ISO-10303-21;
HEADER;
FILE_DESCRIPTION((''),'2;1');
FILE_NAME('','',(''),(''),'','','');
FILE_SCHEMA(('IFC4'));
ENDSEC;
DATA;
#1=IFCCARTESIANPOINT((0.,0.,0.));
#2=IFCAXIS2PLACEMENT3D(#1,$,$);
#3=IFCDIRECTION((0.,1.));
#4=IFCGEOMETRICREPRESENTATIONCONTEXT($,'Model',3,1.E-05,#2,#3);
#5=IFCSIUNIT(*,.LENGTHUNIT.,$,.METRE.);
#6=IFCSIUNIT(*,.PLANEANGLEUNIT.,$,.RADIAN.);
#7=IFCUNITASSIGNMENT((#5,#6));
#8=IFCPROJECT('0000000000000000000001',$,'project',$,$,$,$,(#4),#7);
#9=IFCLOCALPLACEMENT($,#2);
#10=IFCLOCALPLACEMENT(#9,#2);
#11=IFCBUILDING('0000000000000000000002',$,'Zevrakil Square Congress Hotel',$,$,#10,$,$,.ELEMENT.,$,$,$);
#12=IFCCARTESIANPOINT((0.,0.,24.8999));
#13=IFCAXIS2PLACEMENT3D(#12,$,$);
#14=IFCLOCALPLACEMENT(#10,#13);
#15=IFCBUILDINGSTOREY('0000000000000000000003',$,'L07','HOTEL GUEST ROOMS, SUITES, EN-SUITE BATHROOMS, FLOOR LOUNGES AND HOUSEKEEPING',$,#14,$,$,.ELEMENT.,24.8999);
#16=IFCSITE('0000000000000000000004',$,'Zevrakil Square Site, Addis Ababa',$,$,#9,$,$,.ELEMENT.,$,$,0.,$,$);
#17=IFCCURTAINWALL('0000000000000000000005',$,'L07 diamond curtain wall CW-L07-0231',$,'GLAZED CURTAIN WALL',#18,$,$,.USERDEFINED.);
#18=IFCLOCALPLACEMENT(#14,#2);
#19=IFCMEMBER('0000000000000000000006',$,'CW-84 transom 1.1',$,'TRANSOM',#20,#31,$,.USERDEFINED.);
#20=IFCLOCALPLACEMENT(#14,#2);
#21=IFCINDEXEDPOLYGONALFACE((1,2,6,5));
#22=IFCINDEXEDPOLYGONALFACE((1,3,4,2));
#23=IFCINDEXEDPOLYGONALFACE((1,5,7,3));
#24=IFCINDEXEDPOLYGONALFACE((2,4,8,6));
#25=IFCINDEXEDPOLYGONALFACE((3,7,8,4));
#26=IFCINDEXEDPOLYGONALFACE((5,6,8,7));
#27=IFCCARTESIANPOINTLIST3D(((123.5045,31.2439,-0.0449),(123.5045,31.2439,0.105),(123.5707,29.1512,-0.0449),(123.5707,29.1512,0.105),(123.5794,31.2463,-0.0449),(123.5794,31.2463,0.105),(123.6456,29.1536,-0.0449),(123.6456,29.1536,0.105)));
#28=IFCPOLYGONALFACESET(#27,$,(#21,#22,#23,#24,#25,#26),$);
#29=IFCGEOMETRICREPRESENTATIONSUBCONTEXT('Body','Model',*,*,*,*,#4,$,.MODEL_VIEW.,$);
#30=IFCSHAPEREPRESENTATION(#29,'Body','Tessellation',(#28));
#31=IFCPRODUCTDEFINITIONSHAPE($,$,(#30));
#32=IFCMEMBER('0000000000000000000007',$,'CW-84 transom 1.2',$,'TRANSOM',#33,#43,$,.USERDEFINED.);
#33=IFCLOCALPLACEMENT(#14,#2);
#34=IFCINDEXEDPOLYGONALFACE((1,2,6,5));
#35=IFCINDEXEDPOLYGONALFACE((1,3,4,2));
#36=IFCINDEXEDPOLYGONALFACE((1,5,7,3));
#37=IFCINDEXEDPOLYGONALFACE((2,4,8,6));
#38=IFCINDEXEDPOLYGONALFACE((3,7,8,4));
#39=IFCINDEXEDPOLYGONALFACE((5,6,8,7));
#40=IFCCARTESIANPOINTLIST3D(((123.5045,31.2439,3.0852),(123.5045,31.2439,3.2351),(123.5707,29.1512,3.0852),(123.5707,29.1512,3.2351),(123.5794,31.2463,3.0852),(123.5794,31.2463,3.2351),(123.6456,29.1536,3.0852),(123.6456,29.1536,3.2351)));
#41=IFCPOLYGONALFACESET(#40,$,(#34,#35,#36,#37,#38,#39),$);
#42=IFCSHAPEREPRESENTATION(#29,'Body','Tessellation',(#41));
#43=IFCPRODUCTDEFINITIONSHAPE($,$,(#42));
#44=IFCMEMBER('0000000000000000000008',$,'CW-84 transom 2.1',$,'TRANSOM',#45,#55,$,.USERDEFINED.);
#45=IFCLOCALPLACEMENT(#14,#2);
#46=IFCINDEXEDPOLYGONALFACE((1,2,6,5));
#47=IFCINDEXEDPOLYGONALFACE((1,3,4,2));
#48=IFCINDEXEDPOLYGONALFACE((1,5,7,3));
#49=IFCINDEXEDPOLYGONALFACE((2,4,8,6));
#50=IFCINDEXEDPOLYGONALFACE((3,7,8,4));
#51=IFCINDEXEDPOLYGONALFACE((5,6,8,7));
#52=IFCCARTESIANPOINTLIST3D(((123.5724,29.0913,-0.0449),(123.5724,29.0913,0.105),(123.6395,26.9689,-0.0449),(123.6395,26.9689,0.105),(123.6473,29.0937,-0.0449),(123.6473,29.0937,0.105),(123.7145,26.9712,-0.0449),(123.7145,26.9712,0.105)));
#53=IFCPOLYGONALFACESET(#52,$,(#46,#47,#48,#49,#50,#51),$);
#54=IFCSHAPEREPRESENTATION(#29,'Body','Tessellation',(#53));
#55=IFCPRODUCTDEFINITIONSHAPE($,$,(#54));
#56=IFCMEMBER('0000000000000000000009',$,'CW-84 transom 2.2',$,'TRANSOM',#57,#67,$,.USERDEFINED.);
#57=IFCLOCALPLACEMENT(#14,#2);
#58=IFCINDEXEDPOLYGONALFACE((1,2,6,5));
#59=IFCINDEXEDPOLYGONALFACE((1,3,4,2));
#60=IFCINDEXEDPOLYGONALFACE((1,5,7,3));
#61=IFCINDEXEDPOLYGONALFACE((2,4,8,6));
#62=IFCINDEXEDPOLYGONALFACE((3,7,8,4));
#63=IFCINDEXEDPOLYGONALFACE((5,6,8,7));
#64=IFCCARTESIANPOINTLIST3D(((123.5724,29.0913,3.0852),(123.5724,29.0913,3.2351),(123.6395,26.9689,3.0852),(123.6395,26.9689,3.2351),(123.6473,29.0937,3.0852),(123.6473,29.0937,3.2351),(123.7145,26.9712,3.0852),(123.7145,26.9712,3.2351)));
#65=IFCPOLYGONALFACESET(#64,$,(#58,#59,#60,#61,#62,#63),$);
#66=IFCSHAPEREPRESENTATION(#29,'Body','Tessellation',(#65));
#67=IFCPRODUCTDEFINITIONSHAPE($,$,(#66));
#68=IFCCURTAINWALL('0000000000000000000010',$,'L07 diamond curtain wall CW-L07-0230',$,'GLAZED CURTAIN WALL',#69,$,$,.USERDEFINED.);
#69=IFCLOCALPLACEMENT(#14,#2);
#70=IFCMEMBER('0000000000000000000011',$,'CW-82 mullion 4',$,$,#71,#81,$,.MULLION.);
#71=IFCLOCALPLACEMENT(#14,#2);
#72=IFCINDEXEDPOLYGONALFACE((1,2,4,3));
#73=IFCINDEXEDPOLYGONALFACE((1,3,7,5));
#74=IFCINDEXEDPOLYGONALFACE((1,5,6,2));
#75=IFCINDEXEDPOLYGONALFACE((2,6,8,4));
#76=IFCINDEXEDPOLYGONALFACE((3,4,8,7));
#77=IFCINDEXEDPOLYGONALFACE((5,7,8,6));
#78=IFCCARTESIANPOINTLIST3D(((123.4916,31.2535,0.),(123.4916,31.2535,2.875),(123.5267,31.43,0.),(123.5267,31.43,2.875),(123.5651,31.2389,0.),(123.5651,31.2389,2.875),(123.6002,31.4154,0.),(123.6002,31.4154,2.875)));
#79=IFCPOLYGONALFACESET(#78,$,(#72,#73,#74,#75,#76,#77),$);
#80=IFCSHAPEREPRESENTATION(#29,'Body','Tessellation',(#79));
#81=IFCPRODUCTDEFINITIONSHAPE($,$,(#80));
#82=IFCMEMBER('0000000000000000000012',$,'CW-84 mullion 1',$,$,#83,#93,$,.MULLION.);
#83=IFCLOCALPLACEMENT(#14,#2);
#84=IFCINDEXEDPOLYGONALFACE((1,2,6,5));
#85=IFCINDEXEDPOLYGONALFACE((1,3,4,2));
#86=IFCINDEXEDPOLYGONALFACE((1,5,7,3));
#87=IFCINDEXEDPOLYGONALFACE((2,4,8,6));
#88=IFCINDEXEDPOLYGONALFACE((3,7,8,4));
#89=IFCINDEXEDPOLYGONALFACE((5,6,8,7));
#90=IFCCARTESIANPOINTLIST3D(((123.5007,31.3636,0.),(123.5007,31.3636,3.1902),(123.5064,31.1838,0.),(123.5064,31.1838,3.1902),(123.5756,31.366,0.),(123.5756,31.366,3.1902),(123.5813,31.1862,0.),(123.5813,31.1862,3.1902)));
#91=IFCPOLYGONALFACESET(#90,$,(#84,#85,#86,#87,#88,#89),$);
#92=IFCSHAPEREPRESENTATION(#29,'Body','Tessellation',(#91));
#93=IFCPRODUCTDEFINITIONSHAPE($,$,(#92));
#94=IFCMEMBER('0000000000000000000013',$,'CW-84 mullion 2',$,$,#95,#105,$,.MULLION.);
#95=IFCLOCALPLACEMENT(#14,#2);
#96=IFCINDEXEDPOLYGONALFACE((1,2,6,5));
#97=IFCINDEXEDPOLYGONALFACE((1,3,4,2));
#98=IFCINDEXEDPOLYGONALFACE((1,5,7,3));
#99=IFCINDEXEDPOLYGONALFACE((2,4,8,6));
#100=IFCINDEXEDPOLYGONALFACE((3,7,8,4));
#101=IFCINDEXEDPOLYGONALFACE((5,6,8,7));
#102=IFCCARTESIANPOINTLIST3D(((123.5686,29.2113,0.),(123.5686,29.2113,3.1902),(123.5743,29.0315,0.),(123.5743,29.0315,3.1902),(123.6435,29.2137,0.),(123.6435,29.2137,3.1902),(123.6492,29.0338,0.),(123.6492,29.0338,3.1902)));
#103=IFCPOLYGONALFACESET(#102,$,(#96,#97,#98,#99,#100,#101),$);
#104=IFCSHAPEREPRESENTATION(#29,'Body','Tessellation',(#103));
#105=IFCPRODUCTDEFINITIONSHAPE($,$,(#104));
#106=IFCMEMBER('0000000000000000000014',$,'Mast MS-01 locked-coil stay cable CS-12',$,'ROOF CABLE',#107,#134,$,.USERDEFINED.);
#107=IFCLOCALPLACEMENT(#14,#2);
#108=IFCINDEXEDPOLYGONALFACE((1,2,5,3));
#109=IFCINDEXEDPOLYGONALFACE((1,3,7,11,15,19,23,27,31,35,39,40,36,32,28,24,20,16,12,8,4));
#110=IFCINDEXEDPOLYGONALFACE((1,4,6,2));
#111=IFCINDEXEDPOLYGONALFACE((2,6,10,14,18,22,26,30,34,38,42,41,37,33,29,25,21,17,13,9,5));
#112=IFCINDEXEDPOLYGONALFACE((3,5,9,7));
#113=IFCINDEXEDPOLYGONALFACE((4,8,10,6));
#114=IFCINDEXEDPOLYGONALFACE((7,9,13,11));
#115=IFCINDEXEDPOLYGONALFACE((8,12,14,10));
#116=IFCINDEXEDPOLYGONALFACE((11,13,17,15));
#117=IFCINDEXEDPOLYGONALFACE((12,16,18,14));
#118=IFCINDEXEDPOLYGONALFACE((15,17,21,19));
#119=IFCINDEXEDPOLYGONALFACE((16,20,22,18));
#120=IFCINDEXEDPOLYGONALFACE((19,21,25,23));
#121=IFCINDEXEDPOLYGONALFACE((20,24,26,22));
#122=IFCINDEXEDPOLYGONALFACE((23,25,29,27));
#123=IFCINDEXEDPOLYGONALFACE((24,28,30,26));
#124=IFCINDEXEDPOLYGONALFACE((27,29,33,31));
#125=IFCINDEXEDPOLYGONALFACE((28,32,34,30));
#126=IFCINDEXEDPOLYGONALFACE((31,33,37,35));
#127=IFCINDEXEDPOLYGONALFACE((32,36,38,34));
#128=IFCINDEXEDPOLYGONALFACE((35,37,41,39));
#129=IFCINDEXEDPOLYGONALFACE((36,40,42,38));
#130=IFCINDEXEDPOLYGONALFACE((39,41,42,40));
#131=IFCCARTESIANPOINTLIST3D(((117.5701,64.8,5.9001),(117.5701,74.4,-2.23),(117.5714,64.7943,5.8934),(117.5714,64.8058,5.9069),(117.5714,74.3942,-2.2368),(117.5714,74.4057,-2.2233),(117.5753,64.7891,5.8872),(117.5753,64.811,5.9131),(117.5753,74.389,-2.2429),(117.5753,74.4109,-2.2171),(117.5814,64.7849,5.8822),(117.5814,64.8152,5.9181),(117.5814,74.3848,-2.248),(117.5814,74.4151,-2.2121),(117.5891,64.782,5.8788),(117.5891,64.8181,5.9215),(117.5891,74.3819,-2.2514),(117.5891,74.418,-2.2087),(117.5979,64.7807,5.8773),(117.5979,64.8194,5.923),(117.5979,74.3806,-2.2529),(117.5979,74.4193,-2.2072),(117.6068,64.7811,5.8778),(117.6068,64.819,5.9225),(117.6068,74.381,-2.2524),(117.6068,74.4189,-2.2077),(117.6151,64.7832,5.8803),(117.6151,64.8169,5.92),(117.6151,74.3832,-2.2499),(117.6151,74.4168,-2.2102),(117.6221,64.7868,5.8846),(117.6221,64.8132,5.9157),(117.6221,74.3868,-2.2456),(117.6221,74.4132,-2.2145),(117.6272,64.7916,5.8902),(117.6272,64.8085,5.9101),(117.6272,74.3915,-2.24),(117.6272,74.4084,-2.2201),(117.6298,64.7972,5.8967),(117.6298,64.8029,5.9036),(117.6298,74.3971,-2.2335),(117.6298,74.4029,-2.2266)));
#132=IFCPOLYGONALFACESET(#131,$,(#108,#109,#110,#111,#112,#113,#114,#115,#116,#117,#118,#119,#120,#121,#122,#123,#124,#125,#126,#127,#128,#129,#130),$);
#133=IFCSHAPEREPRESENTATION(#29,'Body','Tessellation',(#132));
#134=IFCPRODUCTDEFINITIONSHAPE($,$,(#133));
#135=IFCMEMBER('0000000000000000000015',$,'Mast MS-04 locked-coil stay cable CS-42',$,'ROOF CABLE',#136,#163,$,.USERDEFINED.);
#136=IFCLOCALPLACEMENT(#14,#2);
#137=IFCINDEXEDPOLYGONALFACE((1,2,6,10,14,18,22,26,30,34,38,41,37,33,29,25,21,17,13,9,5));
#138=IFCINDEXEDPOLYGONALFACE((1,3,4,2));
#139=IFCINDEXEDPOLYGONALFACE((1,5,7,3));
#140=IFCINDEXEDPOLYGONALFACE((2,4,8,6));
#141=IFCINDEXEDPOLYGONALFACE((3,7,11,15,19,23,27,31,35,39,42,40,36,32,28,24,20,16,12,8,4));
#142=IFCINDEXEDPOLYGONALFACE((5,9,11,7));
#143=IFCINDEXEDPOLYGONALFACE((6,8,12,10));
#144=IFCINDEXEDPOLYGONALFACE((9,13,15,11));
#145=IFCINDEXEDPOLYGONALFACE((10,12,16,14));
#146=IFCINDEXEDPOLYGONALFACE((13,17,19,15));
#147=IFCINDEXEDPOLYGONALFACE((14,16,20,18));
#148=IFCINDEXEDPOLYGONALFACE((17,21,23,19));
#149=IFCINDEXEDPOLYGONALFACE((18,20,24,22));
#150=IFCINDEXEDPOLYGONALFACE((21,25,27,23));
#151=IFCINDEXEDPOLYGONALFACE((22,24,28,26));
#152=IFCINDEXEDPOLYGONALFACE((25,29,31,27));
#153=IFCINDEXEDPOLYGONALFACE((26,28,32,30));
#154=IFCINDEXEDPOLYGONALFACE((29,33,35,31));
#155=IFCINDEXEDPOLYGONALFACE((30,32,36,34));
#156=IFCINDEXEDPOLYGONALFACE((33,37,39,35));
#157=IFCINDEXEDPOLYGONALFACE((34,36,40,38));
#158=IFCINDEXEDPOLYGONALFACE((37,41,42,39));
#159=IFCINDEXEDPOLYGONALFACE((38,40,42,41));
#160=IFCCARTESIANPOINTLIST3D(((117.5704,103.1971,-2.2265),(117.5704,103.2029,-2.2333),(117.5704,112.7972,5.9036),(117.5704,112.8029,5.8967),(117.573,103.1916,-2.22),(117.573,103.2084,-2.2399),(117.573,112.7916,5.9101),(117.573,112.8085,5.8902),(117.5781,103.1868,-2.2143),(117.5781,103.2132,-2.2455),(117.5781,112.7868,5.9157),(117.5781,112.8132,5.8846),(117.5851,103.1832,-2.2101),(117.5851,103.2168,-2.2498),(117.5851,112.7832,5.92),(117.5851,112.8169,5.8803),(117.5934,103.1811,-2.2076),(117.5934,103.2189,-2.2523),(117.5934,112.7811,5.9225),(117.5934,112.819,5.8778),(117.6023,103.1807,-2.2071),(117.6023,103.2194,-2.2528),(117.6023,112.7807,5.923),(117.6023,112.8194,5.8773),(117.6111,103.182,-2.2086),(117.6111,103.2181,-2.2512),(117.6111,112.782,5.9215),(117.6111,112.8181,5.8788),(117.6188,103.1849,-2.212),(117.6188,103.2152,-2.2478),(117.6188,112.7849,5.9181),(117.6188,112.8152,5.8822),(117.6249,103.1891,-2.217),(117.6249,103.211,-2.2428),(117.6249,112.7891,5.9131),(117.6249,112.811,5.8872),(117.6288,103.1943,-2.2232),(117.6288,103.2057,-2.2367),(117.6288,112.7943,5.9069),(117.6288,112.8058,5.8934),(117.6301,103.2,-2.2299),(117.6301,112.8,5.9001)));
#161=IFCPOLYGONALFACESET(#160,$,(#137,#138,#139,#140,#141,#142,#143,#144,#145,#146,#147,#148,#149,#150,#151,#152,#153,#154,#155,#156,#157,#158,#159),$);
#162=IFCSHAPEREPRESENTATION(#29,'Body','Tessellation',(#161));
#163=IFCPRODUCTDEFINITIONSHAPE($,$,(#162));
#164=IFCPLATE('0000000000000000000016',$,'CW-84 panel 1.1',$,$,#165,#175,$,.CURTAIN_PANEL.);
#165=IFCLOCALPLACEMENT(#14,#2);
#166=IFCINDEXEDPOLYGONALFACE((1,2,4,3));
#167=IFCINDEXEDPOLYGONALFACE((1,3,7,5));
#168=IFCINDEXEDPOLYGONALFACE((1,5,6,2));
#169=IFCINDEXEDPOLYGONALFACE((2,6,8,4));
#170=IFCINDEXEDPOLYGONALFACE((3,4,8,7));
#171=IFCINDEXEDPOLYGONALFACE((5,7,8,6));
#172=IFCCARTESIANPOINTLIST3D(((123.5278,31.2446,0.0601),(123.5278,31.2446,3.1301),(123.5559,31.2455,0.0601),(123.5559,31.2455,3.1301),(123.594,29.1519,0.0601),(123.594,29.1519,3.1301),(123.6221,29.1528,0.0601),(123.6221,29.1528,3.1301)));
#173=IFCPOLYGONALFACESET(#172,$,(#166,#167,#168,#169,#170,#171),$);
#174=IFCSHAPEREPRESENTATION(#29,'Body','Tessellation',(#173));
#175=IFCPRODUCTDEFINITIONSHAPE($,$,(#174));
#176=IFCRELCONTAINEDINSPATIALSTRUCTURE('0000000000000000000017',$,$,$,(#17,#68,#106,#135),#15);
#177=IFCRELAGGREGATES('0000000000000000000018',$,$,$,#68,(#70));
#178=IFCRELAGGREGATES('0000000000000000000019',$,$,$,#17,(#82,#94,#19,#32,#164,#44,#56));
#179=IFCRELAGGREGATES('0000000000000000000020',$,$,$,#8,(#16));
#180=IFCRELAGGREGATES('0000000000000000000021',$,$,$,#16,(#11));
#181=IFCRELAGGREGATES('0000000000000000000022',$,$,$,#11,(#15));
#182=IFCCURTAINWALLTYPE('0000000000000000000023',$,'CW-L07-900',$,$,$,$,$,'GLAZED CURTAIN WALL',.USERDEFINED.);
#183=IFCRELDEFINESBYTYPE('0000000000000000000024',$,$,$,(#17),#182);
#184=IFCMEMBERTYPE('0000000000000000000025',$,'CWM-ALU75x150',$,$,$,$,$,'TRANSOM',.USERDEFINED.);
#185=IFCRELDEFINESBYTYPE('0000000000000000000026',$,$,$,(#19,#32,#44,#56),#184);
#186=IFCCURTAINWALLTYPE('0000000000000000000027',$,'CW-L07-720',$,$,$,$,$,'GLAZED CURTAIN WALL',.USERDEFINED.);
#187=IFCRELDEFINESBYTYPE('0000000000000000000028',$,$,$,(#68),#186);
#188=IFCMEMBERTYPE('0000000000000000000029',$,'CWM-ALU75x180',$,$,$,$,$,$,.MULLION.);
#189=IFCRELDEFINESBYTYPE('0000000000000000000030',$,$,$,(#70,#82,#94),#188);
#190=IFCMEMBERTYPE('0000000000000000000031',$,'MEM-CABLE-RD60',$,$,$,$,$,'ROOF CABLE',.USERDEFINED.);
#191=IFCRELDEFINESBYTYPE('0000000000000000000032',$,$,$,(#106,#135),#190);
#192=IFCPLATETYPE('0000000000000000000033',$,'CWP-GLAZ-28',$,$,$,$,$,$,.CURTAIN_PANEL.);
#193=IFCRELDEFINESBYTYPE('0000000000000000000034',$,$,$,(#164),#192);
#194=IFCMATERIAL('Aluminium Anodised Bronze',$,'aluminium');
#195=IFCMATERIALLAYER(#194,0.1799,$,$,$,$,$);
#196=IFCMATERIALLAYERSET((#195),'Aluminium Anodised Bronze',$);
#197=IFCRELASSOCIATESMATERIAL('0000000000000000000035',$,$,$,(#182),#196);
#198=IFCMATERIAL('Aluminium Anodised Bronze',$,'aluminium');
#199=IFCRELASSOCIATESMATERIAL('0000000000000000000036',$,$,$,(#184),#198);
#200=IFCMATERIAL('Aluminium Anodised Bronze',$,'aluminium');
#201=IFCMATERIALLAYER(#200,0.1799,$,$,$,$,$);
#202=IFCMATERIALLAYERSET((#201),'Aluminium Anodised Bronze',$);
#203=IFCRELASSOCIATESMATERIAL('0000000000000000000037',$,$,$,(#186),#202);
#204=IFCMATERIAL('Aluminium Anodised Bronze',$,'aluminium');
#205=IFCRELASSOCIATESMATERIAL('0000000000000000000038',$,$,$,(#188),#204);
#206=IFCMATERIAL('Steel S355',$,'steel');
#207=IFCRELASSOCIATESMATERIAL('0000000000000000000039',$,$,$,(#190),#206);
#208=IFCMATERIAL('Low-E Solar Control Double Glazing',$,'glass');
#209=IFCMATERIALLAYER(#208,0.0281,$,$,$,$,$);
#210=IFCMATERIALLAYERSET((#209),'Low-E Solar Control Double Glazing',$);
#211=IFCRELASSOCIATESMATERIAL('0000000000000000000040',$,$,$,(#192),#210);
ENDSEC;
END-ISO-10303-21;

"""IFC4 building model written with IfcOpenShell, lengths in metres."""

from ifc_helpers import new_model, si_unit, direction, frame, origin, origin_2d, place, context, subcontext, project, spatial, rectangle, circle, extrude, material, layer, layer_set, material_profile, profile_set, type_object, element, aggregate, save


model = new_model("IFC4")

# Units and contexts
model_context = context("Model", 3, precision=1e-05, world=origin(), true_north=direction((0.0, 1.0)))
body_context = subcontext(model_context, "Body", "Model", "MODEL_VIEW")
ifc_project = project(units=[si_unit("LENGTHUNIT", "METRE"), si_unit("PLANEANGLEUNIT", "RADIAN")], contexts=[model_context])

# Site, building, storey
site_placement = place(None, origin())
site = spatial("IfcSite", under=ifc_project, at=site_placement, Name="Zevrakil Square Site, Addis Ababa", CompositionType="ELEMENT", RefElevation=0.0)
building_placement = place(site_placement, origin())
building = spatial("IfcBuilding", under=site, at=building_placement, Name="Zevrakil Square Congress Hotel", CompositionType="ELEMENT")
storey_placement = place(building_placement, frame((0.0, 0.0, 24.8999)))
storey = spatial("IfcBuildingStorey", under=building, at=storey_placement, Name="L07", Description="HOTEL GUEST ROOMS, SUITES, EN-SUITE BATHROOMS, FLOOR LOUNGES AND HOUSEKEEPING", CompositionType="ELEMENT", Elevation=24.8999)

# Curtain wall, members
ifc_material_1 = material(Name="Aluminium Anodised Bronze", Category="aluminium")
ifc_layer_1 = layer(ifc_material_1, 0.1799)
ifc_layer_set_1 = layer_set([ifc_layer_1], Name="Aluminium Anodised Bronze")
curtain_wall_type_1 = type_object("IfcCurtainWallType", Name="CW-L07-900", ElementType="GLAZED CURTAIN WALL", PredefinedType="USERDEFINED", material=ifc_layer_set_1)
curtain_wall_1_placement = place(storey_placement, origin())
curtain_wall_1 = element("IfcCurtainWall", 1, at=curtain_wall_1_placement, inside=storey, type_object=curtain_wall_type_1, Name="L07 diamond curtain wall CW-L07-0231", ObjectType="GLAZED CURTAIN WALL", PredefinedType="USERDEFINED")
ifc_material_2 = material(Name="Aluminium Anodised Bronze", Category="aluminium")
ifc_material_profile_1 = material_profile(ifc_material_2, rectangle(XDim=0.075, YDim=0.1499, at=origin_2d()), Name="ALU 75x150")
ifc_profile_set_1 = profile_set([ifc_material_profile_1], Name="Aluminium Anodised Bronze")
member_type_1 = type_object("IfcMemberType", Name="CWM-ALU75x150", ElementType="TRANSOM", PredefinedType="USERDEFINED", material=ifc_profile_set_1)
member_1_placement = place(storey_placement, frame((123.542, 31.2451, 0.03), z_axis=(0.031599, -0.999501, 0.0), x_axis=(0.999501, 0.031599, 0.0)))
member_1 = element("IfcMember", 2, at=member_1_placement, type_object=member_type_1, Name="CW-84 transom 1.1", ObjectType="TRANSOM", PredefinedType="USERDEFINED", context=body_context, shape_type="SweptSolid", body=[
    extrude(rectangle(XDim=0.075, YDim=0.1499, at=origin_2d()), origin(), (0.0, 0.0, 1.0), 2.0938),
])
member_2_placement = place(storey_placement, frame((123.542, 31.2451, 3.1602), z_axis=(0.031599, -0.999501, 0.0), x_axis=(0.999501, 0.031599, 0.0)))
member_2 = element("IfcMember", 3, at=member_2_placement, type_object=member_type_1, Name="CW-84 transom 1.2", ObjectType="TRANSOM", PredefinedType="USERDEFINED", context=body_context, shape_type="SweptSolid", body=[
    extrude(rectangle(XDim=0.075, YDim=0.1499, at=origin_2d()), origin(), (0.0, 0.0, 1.0), 2.0938),
])
member_3_placement = place(storey_placement, frame((123.6099, 29.0925, 0.03), z_axis=(0.031615, -0.9995, 0.0), x_axis=(0.9995, 0.031615, 0.0)))
member_3 = element("IfcMember", 4, at=member_3_placement, type_object=member_type_1, Name="CW-84 transom 2.1", ObjectType="TRANSOM", PredefinedType="USERDEFINED", context=body_context, shape_type="SweptSolid", body=[
    extrude(rectangle(XDim=0.075, YDim=0.1499, at=origin_2d()), origin(), (0.0, 0.0, 1.0), 2.1235),
])
member_4_placement = place(storey_placement, frame((123.6099, 29.0925, 3.1602), z_axis=(0.031615, -0.9995, 0.0), x_axis=(0.9995, 0.031615, 0.0)))
member_4 = element("IfcMember", 5, at=member_4_placement, type_object=member_type_1, Name="CW-84 transom 2.2", ObjectType="TRANSOM", PredefinedType="USERDEFINED", context=body_context, shape_type="SweptSolid", body=[
    extrude(rectangle(XDim=0.075, YDim=0.1499, at=origin_2d()), origin(), (0.0, 0.0, 1.0), 2.1235),
])

# Curtain wall, member
ifc_material_3 = material(Name="Aluminium Anodised Bronze", Category="aluminium")
ifc_layer_2 = layer(ifc_material_3, 0.1799)
ifc_layer_set_2 = layer_set([ifc_layer_2], Name="Aluminium Anodised Bronze")
curtain_wall_type_2 = type_object("IfcCurtainWallType", Name="CW-L07-720", ElementType="GLAZED CURTAIN WALL", PredefinedType="USERDEFINED", material=ifc_layer_set_2)
curtain_wall_2_placement = place(storey_placement, origin())
curtain_wall_2 = element("IfcCurtainWall", 6, at=curtain_wall_2_placement, inside=storey, type_object=curtain_wall_type_2, Name="L07 diamond curtain wall CW-L07-0230", ObjectType="GLAZED CURTAIN WALL", PredefinedType="USERDEFINED")
ifc_material_4 = material(Name="Aluminium Anodised Bronze", Category="aluminium")
ifc_material_profile_2 = material_profile(ifc_material_4, rectangle(XDim=0.075, YDim=0.1799, at=origin_2d()), Name="ALU 75x180")
ifc_profile_set_2 = profile_set([ifc_material_profile_2], Name="Aluminium Anodised Bronze")
member_type_2 = type_object("IfcMemberType", Name="CWM-ALU75x180", PredefinedType="MULLION", material=ifc_profile_set_2)
member_5_placement = place(storey_placement, frame((123.5459, 31.3345, 0.0), z_axis=(0.0, 0.0, 1.0), x_axis=(0.980787, -0.195084, 0.0)))
member_5 = element("IfcMember", 7, at=member_5_placement, type_object=member_type_2, Name="CW-82 mullion 4", PredefinedType="MULLION", context=body_context, shape_type="SweptSolid", body=[
    extrude(rectangle(XDim=0.075, YDim=0.1799, at=origin_2d()), origin(), (0.0, 0.0, 1.0), 2.875),
])
aggregate(curtain_wall_2, [member_5])

# Members
member_6_placement = place(storey_placement, frame((123.541, 31.2749, 0.0), z_axis=(0.0, 0.0, 1.0), x_axis=(0.999501, 0.031598, 0.0)))
member_6 = element("IfcMember", 8, at=member_6_placement, type_object=member_type_2, Name="CW-84 mullion 1", PredefinedType="MULLION", context=body_context, shape_type="SweptSolid", body=[
    extrude(rectangle(XDim=0.075, YDim=0.1799, at=origin_2d()), origin(), (0.0, 0.0, 1.0), 3.1902),
])
member_7_placement = place(storey_placement, frame((123.6089, 29.1226, 0.0), z_axis=(0.0, 0.0, 1.0), x_axis=(0.999501, 0.031598, 0.0)))
member_7 = element("IfcMember", 9, at=member_7_placement, type_object=member_type_2, Name="CW-84 mullion 2", PredefinedType="MULLION", context=body_context, shape_type="SweptSolid", body=[
    extrude(rectangle(XDim=0.075, YDim=0.1799, at=origin_2d()), origin(), (0.0, 0.0, 1.0), 3.1902),
])

# Members
ifc_material_5 = material(Name="Steel S355", Category="steel")
ifc_material_profile_3 = material_profile(ifc_material_5, circle(Radius=0.03, at=origin_2d()), Name="CABLE RD60")
ifc_profile_set_3 = profile_set([ifc_material_profile_3], Name="Steel S355")
member_type_3 = type_object("IfcMemberType", Name="MEM-CABLE-RD60", ElementType="ROOF CABLE", PredefinedType="USERDEFINED", material=ifc_profile_set_3)
for number, where, z_axis, x_axis, name in (
    (10, (117.6001, 64.8, 5.9001), (0.0, 0.763105, -0.646275), (-1.0, 0.0, 0.0), "Mast MS-01 locked-coil stay cable CS-12"),
    (11, (117.6001, 112.8, 5.9001), (0.0, -0.763113, -0.646265), (1.0, 0.0, 0.0), "Mast MS-04 locked-coil stay cable CS-42"),
):
    element("IfcMember", number, at=place(storey_placement, frame(where, z_axis=z_axis, x_axis=x_axis)), inside=storey, type_object=member_type_3, Name=name, ObjectType="ROOF CABLE", PredefinedType="USERDEFINED", context=body_context, shape_type="SweptSolid", body=[
        extrude(circle(Radius=0.03, at=origin_2d()), origin(), (0.0, 0.0, 1.0), 12.5801),
    ])

# Plate
ifc_material_6 = material(Name="Low-E Solar Control Double Glazing", Category="glass")
ifc_layer_3 = layer(ifc_material_6, 0.0281)
ifc_layer_set_3 = layer_set([ifc_layer_3], Name="Low-E Solar Control Double Glazing")
plate_type = type_object("IfcPlateType", Name="CWP-GLAZ-28", PredefinedType="CURTAIN_PANEL", material=ifc_layer_set_3)
plate_placement = place(storey_placement, frame((123.575, 30.1987, 0.0601), z_axis=(0.0, 0.0, 1.0), x_axis=(0.031598, -0.999501, 0.0)))
plate = element("IfcPlate", 12, at=plate_placement, type_object=plate_type, Name="CW-84 panel 1.1", PredefinedType="CURTAIN_PANEL", context=body_context, shape_type="SweptSolid", body=[
    extrude(rectangle(XDim=2.0938, YDim=0.0281, at=origin_2d()), origin(), (0.0, 0.0, 1.0), 3.0701),
])
aggregate(curtain_wall_1, [member_6, member_7, member_1, member_2, plate, member_3, member_4])

save(model, "model.ifc")
